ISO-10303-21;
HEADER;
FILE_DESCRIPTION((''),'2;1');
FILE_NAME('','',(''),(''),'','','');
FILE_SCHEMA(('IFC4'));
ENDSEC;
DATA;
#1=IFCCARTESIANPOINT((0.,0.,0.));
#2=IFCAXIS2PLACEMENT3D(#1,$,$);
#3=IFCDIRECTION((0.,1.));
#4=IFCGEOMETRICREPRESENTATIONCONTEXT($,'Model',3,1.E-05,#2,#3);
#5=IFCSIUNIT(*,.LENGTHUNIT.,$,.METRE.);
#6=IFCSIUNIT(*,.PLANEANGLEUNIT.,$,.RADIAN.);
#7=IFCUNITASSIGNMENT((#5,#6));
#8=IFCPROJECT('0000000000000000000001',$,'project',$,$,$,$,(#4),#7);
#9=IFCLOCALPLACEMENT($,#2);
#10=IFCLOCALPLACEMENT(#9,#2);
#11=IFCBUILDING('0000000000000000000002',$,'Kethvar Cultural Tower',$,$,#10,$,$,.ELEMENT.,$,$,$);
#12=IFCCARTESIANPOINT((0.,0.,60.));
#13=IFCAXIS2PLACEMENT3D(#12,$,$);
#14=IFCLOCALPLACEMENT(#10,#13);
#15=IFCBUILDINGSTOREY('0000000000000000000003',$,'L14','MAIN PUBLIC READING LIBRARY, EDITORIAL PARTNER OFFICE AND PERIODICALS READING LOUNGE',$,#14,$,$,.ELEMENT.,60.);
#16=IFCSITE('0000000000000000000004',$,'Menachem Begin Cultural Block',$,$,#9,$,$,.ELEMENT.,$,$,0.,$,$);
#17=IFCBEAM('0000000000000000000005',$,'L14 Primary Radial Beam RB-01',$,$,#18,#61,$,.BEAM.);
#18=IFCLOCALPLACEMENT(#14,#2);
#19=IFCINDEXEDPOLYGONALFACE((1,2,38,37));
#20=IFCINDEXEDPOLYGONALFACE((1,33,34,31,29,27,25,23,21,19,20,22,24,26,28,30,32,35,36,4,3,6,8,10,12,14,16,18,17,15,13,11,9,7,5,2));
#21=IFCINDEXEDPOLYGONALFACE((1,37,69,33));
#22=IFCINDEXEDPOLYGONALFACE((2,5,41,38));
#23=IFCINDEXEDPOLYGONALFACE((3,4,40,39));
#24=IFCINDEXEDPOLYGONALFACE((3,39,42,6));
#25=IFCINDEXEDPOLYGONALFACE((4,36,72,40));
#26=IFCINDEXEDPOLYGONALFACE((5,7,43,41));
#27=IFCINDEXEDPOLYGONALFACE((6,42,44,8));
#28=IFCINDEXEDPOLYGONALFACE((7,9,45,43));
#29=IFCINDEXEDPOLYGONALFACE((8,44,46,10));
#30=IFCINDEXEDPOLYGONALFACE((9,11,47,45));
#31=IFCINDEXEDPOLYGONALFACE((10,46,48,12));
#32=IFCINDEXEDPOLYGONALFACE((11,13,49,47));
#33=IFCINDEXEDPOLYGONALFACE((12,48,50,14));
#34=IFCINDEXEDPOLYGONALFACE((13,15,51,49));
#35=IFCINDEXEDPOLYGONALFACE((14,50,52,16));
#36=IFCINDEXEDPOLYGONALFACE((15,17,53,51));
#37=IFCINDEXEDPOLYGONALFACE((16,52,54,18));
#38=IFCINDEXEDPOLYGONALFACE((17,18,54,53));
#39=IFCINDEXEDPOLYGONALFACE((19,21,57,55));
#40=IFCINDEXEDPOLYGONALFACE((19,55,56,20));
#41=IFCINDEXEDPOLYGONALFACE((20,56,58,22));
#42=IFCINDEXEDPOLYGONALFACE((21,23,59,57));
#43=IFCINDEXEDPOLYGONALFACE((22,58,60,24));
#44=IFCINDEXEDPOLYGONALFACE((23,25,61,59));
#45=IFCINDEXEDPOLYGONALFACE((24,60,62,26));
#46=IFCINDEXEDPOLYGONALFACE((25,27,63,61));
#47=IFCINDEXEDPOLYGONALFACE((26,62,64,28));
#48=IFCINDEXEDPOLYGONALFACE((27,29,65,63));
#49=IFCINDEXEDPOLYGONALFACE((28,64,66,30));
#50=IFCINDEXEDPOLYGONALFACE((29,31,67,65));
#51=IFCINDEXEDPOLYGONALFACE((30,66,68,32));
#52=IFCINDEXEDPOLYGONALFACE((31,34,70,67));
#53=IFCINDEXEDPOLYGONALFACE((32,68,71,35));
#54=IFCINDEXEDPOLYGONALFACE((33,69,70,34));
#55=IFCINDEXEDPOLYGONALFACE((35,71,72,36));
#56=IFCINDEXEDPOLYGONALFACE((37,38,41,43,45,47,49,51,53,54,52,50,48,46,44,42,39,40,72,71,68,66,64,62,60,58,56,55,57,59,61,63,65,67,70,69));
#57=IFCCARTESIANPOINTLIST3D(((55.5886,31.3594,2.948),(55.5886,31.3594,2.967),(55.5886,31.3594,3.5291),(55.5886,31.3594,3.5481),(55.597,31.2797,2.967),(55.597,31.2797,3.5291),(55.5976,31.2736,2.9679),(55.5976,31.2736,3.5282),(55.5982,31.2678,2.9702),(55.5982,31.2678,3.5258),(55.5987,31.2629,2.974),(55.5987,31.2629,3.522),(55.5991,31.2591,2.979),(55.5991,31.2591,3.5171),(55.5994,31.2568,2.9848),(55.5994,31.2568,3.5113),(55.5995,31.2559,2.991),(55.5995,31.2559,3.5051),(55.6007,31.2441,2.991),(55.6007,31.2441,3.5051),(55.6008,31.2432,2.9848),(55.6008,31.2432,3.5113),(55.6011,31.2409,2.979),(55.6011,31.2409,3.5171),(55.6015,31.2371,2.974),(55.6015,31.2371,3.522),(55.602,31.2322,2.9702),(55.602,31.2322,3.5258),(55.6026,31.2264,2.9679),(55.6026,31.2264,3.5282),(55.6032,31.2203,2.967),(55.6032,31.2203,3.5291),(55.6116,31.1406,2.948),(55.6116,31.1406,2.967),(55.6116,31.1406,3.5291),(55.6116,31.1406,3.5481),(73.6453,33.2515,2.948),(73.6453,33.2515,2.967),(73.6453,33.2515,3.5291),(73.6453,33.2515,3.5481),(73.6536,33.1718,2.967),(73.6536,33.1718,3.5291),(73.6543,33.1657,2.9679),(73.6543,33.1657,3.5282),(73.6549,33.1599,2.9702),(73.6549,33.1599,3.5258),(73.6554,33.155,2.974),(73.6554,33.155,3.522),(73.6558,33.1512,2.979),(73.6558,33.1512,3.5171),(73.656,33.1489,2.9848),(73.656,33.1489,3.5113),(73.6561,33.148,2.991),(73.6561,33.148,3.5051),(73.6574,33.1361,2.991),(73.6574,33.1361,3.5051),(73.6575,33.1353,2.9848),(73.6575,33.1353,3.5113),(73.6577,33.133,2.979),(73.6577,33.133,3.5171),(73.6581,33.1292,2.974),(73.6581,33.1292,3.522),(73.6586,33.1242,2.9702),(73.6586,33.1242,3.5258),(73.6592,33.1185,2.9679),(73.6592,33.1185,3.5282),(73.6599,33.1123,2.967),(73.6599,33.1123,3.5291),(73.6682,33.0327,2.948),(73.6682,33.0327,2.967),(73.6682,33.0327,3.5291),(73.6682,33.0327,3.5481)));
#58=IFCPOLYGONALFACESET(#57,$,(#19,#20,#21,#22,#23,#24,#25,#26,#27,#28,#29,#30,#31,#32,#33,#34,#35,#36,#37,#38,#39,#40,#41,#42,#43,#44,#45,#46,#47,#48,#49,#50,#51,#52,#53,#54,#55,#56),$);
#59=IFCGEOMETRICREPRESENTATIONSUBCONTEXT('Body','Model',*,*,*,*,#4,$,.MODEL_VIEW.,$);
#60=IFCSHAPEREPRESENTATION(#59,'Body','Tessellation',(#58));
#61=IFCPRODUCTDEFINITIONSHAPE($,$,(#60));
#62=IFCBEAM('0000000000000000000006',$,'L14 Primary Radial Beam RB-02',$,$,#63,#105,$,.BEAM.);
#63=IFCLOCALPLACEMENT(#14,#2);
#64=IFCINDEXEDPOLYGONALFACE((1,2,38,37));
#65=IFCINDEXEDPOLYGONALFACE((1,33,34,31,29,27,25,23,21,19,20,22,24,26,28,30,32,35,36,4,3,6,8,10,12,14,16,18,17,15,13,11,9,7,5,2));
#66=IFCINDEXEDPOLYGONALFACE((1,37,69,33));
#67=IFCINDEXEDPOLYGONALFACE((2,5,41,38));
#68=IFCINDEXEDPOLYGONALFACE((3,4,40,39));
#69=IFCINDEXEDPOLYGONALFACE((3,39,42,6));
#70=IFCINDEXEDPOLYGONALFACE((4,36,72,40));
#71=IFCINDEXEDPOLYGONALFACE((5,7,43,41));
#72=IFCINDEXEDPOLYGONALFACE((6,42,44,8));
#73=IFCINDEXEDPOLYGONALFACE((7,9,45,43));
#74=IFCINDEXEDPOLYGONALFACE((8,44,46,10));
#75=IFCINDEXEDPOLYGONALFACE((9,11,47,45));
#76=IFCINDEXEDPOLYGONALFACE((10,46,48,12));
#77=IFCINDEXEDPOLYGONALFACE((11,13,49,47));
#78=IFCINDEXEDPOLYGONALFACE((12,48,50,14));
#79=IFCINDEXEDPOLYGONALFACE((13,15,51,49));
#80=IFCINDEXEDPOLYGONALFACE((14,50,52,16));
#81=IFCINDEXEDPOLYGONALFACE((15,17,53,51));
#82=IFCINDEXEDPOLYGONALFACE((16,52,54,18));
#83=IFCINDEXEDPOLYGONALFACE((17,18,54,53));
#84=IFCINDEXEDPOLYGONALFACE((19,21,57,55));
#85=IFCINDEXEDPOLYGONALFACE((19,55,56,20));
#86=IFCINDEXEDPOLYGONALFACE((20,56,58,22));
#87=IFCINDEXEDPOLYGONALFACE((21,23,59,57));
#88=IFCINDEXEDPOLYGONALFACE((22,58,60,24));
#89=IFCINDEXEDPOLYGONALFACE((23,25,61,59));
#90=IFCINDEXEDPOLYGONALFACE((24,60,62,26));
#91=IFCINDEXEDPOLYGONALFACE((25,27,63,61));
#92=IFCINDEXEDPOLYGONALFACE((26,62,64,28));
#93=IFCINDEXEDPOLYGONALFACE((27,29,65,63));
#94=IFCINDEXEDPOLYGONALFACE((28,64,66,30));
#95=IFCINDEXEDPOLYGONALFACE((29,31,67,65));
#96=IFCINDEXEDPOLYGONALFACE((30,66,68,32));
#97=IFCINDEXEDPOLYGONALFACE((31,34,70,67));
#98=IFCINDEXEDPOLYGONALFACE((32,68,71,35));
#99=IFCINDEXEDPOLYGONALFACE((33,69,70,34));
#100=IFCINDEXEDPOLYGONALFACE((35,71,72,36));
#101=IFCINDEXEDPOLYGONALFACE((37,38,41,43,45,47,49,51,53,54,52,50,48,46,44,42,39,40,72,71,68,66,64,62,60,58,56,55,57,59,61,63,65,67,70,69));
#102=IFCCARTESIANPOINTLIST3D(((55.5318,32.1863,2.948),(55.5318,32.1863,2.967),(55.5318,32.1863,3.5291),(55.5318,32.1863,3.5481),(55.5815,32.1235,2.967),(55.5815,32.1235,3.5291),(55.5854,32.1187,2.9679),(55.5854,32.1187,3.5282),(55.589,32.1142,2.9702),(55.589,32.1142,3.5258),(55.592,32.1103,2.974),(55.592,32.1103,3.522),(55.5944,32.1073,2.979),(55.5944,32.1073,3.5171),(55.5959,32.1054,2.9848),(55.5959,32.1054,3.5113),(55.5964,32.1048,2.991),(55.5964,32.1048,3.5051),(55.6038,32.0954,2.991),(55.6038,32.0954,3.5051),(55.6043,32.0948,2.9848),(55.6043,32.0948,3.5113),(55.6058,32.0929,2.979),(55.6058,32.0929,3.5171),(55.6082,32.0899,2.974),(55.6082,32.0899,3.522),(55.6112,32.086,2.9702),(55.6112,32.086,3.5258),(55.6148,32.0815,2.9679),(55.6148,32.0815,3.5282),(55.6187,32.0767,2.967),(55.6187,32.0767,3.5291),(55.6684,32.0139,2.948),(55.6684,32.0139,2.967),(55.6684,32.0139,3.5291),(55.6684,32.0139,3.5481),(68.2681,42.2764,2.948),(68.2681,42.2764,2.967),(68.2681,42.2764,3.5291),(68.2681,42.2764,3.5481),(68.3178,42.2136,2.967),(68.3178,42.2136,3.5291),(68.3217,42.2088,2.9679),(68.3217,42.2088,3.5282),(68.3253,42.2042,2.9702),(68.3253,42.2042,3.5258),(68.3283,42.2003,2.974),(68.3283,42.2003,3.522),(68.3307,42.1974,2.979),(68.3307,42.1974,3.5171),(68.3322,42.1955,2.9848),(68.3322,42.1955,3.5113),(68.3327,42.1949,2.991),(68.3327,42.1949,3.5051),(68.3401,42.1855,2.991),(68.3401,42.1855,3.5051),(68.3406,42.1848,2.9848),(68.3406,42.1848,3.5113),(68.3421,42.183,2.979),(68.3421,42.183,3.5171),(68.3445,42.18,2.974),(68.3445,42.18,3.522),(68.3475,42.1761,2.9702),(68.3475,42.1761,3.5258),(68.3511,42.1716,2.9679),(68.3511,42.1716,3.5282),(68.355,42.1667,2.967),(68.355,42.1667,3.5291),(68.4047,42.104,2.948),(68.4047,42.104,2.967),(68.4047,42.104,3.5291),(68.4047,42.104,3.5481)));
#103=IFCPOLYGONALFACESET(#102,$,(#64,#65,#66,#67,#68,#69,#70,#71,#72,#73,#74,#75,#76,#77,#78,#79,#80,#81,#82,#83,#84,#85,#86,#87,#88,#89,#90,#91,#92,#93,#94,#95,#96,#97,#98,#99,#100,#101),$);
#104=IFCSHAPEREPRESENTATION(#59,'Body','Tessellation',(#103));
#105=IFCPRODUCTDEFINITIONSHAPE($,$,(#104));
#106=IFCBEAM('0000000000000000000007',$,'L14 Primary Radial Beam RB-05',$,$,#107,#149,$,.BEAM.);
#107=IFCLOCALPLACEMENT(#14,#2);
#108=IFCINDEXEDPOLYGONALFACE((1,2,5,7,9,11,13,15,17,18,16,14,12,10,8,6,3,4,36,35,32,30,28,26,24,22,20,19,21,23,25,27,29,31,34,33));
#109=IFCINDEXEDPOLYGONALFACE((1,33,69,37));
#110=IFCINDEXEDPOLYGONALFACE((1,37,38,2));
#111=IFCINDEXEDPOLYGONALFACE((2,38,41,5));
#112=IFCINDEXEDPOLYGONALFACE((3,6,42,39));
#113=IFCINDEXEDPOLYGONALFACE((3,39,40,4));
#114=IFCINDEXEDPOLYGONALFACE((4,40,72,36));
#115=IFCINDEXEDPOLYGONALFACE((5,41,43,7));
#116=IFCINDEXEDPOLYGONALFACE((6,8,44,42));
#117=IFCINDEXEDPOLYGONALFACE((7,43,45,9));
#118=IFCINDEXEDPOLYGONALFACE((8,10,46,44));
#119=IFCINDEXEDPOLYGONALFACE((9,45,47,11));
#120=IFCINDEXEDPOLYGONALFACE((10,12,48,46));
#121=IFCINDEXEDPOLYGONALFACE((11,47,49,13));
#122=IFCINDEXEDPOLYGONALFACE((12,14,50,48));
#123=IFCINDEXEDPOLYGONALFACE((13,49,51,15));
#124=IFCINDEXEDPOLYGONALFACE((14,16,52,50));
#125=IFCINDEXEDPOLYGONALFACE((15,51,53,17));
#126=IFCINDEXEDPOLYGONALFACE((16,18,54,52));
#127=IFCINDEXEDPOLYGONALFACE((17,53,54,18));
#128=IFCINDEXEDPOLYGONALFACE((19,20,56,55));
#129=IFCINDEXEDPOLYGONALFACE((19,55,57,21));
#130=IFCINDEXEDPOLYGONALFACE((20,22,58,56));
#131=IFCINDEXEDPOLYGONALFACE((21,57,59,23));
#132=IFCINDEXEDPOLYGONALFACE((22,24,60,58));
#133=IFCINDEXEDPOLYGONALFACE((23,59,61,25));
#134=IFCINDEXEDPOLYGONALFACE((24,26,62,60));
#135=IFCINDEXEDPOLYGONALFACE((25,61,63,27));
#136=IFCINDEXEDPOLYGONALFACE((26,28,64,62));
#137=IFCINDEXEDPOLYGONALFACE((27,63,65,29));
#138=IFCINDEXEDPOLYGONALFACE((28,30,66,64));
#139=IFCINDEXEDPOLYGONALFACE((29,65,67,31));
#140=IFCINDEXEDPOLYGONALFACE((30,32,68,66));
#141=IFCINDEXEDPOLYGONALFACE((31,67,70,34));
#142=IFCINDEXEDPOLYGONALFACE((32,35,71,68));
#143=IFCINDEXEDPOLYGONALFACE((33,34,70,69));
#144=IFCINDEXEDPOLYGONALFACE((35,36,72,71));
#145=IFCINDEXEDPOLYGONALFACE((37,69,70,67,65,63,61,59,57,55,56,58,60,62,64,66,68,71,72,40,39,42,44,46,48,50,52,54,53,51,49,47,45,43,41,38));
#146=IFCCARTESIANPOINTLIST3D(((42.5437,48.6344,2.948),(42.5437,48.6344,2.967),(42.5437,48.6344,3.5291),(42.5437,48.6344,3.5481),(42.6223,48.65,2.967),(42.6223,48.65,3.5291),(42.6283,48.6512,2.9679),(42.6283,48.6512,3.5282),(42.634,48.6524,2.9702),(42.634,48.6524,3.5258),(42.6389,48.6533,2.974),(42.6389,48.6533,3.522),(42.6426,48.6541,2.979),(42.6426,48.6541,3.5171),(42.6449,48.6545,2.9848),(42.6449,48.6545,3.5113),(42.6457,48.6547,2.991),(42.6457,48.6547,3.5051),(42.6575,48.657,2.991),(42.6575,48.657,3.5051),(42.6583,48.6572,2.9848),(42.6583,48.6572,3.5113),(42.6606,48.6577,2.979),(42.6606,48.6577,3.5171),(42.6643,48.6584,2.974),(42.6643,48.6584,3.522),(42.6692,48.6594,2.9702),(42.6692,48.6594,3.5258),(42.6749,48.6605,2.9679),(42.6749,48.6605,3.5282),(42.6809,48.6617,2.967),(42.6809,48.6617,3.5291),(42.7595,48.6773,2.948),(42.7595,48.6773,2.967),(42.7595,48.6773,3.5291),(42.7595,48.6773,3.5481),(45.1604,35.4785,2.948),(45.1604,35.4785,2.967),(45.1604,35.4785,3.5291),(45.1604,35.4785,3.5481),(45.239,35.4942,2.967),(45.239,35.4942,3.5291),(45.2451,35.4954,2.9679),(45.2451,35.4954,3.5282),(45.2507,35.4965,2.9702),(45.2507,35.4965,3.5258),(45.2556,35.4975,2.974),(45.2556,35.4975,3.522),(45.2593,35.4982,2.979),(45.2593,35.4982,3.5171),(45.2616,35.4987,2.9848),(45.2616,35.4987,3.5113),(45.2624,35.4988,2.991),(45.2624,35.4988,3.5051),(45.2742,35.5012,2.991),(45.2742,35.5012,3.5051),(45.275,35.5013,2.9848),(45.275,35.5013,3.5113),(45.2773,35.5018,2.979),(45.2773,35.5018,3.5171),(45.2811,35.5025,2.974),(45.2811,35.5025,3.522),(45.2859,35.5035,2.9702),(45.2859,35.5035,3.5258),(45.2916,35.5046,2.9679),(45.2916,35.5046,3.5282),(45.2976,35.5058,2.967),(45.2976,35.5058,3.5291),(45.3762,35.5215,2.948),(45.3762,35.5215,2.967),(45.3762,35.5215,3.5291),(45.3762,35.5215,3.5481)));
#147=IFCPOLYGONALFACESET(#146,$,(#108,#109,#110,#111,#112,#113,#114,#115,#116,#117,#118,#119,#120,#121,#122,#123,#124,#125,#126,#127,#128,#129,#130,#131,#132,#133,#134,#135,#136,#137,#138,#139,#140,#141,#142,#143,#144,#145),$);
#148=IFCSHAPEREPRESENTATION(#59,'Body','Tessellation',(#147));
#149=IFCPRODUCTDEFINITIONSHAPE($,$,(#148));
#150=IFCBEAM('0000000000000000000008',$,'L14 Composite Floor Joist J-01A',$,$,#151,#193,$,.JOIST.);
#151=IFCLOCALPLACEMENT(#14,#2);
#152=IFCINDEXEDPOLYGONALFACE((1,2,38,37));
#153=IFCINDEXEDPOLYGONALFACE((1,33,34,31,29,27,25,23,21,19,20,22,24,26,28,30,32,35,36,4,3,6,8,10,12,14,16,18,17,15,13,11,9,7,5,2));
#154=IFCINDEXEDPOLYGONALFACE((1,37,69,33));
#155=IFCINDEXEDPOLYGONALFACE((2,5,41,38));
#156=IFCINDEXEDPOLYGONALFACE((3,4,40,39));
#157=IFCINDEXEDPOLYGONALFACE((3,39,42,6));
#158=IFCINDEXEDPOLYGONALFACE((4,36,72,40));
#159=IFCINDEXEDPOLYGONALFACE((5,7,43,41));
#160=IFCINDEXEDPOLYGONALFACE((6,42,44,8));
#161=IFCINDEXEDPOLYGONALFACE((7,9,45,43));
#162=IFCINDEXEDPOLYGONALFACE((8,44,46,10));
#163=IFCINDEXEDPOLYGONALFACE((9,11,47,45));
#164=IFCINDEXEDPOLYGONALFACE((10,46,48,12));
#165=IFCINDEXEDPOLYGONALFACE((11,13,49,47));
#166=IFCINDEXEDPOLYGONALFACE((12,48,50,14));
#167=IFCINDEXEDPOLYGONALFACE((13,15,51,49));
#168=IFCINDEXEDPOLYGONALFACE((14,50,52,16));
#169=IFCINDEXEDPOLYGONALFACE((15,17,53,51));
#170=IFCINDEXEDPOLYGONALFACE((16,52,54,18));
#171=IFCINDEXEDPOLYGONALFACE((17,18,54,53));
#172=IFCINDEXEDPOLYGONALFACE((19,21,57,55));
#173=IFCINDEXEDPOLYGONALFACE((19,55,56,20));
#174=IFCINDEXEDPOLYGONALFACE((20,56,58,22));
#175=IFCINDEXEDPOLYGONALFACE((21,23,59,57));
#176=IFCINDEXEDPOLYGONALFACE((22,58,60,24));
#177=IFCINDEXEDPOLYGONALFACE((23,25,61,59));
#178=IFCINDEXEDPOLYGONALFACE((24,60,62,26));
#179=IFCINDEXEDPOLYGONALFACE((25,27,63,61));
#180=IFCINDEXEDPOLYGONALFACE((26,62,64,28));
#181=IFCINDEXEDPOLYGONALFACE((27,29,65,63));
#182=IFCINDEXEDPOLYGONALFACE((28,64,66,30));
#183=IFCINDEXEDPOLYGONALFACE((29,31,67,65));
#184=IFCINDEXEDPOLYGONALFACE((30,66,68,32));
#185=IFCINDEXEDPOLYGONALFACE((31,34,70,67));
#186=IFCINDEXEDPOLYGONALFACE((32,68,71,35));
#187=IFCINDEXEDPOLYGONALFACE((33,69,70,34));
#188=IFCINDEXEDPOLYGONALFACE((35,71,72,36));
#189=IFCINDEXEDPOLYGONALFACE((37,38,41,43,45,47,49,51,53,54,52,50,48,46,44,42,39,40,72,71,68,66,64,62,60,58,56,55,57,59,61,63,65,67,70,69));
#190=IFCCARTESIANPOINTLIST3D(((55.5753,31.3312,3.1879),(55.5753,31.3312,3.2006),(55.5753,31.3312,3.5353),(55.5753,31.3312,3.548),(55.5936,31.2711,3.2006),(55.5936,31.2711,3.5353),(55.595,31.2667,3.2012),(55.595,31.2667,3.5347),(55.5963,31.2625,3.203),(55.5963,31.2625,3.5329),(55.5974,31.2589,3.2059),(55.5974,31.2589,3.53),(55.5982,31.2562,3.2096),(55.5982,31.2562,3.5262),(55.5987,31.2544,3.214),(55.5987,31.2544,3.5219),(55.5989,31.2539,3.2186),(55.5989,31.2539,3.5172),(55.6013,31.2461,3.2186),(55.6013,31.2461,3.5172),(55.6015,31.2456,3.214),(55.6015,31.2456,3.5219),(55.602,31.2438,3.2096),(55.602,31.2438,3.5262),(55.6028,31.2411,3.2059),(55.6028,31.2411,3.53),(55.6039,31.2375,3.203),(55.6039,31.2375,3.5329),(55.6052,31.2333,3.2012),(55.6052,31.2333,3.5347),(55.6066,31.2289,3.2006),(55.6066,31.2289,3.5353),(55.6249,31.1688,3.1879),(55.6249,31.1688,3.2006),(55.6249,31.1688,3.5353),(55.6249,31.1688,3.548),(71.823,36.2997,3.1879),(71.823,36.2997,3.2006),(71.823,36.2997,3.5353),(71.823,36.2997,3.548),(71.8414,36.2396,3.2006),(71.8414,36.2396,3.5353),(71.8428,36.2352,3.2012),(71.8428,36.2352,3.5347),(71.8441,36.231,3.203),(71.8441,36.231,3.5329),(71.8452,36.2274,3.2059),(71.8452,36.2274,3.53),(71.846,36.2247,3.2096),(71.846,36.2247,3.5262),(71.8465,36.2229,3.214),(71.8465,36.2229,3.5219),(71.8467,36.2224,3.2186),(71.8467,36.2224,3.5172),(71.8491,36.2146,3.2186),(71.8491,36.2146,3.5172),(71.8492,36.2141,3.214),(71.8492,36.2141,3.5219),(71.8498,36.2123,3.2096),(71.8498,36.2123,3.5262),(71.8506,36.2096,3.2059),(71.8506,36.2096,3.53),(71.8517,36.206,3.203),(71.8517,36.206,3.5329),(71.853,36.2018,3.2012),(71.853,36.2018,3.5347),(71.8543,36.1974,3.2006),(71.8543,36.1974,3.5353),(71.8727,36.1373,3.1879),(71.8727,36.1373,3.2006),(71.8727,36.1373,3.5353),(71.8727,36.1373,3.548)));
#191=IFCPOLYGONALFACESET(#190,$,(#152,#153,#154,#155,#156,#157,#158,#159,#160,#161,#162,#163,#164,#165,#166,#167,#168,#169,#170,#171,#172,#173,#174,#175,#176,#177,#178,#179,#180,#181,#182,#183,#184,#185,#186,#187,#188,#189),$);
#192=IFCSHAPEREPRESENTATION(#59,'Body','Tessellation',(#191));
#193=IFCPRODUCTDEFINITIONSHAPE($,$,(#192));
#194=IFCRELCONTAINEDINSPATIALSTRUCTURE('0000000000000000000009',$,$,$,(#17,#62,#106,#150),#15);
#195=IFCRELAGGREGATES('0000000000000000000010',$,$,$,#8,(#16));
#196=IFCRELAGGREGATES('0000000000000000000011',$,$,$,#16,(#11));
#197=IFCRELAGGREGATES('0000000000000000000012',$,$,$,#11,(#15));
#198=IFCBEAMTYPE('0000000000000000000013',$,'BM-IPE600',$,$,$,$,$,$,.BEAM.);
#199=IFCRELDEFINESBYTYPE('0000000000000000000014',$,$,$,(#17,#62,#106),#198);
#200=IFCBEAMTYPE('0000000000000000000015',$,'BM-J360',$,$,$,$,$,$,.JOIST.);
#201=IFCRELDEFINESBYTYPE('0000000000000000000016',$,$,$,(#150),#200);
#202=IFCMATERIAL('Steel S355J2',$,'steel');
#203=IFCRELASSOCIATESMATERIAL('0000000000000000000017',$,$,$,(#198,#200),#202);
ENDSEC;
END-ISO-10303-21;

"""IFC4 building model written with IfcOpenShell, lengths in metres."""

from ifc_helpers import new_model, si_unit, direction, frame, origin, origin_2d, place, context, subcontext, project, spatial, i_section, extrude, source, transform, mapped, material, material_profile, profile_set, type_object, element, save


model = new_model("IFC4")

# Units and contexts
model_context = context("Model", 3, precision=1e-05, world=origin(), true_north=direction((0.0, 1.0)))
body_context = subcontext(model_context, "Body", "Model", "MODEL_VIEW")
ifc_project = project(units=[si_unit("LENGTHUNIT", "METRE"), si_unit("PLANEANGLEUNIT", "RADIAN")], contexts=[model_context])

# Site, building, storey
site_placement = place(None, origin())
site = spatial("IfcSite", under=ifc_project, at=site_placement, Name="Menachem Begin Cultural Block", CompositionType="ELEMENT", RefElevation=0.0)
building_placement = place(site_placement, origin())
building = spatial("IfcBuilding", under=site, at=building_placement, Name="Kethvar Cultural Tower", CompositionType="ELEMENT")
storey_placement = place(building_placement, frame((0.0, 0.0, 60.0)))
storey = spatial("IfcBuildingStorey", under=building, at=storey_placement, Name="L14", Description="MAIN PUBLIC READING LIBRARY, EDITORIAL PARTNER OFFICE AND PERIODICALS READING LOUNGE", CompositionType="ELEMENT", Elevation=60.0)

# Beams
ifc_material_1 = material(Name="Steel S355J2", Category="steel")
ifc_material_profile_1 = material_profile(ifc_material_1, i_section(OverallWidth=0.22, OverallDepth=0.6001, WebThickness=0.012, FlangeThickness=0.019, FilletRadius=0.0239, at=origin_2d()), Name="Steel S355J2 — IPE600")
ifc_profile_set_1 = profile_set([ifc_material_profile_1], Name="Steel S355J2 — IPE600")
beam_type_1 = type_object("IfcBeamType", Name="BM-IPE600", PredefinedType="BEAM", material=ifc_profile_set_1)
shared_shape_1 = source(origin(), body_context, "Body", "SweptSolid", [
    extrude(i_section(OverallWidth=0.22, OverallDepth=0.6001, WebThickness=0.012, FlangeThickness=0.019, FilletRadius=0.0239, at=origin_2d()), origin(), (0.0, 0.0, 1.0), 18.1555),
])
beam_1_placement = place(storey_placement, frame((55.6001, 31.25, 3.248), z_axis=(0.994555, 0.104216, 0.0), x_axis=(-0.104216, 0.994555, 0.0)))
element("IfcBeam", 1, at=beam_1_placement, inside=storey, type_object=beam_type_1, Name="L14 Primary Radial Beam RB-01", PredefinedType="BEAM", context=body_context, shape_type="MappedRepresentation", body=[
    mapped(shared_shape_1, transform((0.0, 0.0, 0.0), scale=1.0)),
])
shared_shape_2 = source(origin(), body_context, "Body", "SweptSolid", [
    extrude(i_section(OverallWidth=0.22, OverallDepth=0.6001, WebThickness=0.012, FlangeThickness=0.019, FilletRadius=0.0239, at=origin_2d()), origin(), (0.0, 0.0, 1.0), 16.2488),
])
beam_2_placement = place(storey_placement, frame((55.6001, 32.1001, 3.248), z_axis=(0.783831, 0.620974, 0.0), x_axis=(-0.620974, 0.783831, 0.0)))
element("IfcBeam", 2, at=beam_2_placement, inside=storey, type_object=beam_type_1, Name="L14 Primary Radial Beam RB-02", PredefinedType="BEAM", context=body_context, shape_type="MappedRepresentation", body=[
    mapped(shared_shape_2, transform((0.0, 0.0, 0.0), scale=1.0)),
])
shared_shape_3 = source(origin(), body_context, "Body", "SweptSolid", [
    extrude(i_section(OverallWidth=0.22, OverallDepth=0.6001, WebThickness=0.012, FlangeThickness=0.019, FilletRadius=0.0239, at=origin_2d()), origin(), (0.0, 0.0, 1.0), 13.4136),
])
beam_3_placement = place(storey_placement, frame((45.2683, 35.5, 3.248), z_axis=(-0.19508, 0.980787, 0.0), x_axis=(-0.980787, -0.19508, 0.0)))
element("IfcBeam", 3, at=beam_3_placement, inside=storey, type_object=beam_type_1, Name="L14 Primary Radial Beam RB-05", PredefinedType="BEAM", context=body_context, shape_type="MappedRepresentation", body=[
    mapped(shared_shape_3, transform((0.0, 0.0, 0.0), scale=1.0)),
])
ifc_material_profile_2 = material_profile(ifc_material_1, i_section(OverallWidth=0.1699, OverallDepth=0.3601, WebThickness=0.0081, FlangeThickness=0.0127, FilletRadius=0.0181, at=origin_2d()), Name="Steel S355J2 — IPE360")
ifc_profile_set_2 = profile_set([ifc_material_profile_2], Name="Steel S355J2 — IPE360")
beam_type_2 = type_object("IfcBeamType", Name="BM-J360", PredefinedType="JOIST", material=ifc_profile_set_2)
shared_shape_4 = source(origin(), body_context, "Body", "SweptSolid", [
    extrude(i_section(OverallWidth=0.1699, OverallDepth=0.3601, WebThickness=0.0081, FlangeThickness=0.0127, FilletRadius=0.0181, at=origin_2d()), origin(), (0.0, 0.0, 1.0), 16.9905),
])
beam_4_placement = place(storey_placement, frame((55.6001, 31.25, 3.3679), z_axis=(0.956287, 0.292428, 0.0), x_axis=(-0.292428, 0.956287, 0.0)))
element("IfcBeam", 4, at=beam_4_placement, inside=storey, type_object=beam_type_2, Name="L14 Composite Floor Joist J-01A", PredefinedType="JOIST", context=body_context, shape_type="MappedRepresentation", body=[
    mapped(shared_shape_4, transform((0.0, 0.0, 0.0), scale=1.0)),
])

save(model, "model.ifc")
